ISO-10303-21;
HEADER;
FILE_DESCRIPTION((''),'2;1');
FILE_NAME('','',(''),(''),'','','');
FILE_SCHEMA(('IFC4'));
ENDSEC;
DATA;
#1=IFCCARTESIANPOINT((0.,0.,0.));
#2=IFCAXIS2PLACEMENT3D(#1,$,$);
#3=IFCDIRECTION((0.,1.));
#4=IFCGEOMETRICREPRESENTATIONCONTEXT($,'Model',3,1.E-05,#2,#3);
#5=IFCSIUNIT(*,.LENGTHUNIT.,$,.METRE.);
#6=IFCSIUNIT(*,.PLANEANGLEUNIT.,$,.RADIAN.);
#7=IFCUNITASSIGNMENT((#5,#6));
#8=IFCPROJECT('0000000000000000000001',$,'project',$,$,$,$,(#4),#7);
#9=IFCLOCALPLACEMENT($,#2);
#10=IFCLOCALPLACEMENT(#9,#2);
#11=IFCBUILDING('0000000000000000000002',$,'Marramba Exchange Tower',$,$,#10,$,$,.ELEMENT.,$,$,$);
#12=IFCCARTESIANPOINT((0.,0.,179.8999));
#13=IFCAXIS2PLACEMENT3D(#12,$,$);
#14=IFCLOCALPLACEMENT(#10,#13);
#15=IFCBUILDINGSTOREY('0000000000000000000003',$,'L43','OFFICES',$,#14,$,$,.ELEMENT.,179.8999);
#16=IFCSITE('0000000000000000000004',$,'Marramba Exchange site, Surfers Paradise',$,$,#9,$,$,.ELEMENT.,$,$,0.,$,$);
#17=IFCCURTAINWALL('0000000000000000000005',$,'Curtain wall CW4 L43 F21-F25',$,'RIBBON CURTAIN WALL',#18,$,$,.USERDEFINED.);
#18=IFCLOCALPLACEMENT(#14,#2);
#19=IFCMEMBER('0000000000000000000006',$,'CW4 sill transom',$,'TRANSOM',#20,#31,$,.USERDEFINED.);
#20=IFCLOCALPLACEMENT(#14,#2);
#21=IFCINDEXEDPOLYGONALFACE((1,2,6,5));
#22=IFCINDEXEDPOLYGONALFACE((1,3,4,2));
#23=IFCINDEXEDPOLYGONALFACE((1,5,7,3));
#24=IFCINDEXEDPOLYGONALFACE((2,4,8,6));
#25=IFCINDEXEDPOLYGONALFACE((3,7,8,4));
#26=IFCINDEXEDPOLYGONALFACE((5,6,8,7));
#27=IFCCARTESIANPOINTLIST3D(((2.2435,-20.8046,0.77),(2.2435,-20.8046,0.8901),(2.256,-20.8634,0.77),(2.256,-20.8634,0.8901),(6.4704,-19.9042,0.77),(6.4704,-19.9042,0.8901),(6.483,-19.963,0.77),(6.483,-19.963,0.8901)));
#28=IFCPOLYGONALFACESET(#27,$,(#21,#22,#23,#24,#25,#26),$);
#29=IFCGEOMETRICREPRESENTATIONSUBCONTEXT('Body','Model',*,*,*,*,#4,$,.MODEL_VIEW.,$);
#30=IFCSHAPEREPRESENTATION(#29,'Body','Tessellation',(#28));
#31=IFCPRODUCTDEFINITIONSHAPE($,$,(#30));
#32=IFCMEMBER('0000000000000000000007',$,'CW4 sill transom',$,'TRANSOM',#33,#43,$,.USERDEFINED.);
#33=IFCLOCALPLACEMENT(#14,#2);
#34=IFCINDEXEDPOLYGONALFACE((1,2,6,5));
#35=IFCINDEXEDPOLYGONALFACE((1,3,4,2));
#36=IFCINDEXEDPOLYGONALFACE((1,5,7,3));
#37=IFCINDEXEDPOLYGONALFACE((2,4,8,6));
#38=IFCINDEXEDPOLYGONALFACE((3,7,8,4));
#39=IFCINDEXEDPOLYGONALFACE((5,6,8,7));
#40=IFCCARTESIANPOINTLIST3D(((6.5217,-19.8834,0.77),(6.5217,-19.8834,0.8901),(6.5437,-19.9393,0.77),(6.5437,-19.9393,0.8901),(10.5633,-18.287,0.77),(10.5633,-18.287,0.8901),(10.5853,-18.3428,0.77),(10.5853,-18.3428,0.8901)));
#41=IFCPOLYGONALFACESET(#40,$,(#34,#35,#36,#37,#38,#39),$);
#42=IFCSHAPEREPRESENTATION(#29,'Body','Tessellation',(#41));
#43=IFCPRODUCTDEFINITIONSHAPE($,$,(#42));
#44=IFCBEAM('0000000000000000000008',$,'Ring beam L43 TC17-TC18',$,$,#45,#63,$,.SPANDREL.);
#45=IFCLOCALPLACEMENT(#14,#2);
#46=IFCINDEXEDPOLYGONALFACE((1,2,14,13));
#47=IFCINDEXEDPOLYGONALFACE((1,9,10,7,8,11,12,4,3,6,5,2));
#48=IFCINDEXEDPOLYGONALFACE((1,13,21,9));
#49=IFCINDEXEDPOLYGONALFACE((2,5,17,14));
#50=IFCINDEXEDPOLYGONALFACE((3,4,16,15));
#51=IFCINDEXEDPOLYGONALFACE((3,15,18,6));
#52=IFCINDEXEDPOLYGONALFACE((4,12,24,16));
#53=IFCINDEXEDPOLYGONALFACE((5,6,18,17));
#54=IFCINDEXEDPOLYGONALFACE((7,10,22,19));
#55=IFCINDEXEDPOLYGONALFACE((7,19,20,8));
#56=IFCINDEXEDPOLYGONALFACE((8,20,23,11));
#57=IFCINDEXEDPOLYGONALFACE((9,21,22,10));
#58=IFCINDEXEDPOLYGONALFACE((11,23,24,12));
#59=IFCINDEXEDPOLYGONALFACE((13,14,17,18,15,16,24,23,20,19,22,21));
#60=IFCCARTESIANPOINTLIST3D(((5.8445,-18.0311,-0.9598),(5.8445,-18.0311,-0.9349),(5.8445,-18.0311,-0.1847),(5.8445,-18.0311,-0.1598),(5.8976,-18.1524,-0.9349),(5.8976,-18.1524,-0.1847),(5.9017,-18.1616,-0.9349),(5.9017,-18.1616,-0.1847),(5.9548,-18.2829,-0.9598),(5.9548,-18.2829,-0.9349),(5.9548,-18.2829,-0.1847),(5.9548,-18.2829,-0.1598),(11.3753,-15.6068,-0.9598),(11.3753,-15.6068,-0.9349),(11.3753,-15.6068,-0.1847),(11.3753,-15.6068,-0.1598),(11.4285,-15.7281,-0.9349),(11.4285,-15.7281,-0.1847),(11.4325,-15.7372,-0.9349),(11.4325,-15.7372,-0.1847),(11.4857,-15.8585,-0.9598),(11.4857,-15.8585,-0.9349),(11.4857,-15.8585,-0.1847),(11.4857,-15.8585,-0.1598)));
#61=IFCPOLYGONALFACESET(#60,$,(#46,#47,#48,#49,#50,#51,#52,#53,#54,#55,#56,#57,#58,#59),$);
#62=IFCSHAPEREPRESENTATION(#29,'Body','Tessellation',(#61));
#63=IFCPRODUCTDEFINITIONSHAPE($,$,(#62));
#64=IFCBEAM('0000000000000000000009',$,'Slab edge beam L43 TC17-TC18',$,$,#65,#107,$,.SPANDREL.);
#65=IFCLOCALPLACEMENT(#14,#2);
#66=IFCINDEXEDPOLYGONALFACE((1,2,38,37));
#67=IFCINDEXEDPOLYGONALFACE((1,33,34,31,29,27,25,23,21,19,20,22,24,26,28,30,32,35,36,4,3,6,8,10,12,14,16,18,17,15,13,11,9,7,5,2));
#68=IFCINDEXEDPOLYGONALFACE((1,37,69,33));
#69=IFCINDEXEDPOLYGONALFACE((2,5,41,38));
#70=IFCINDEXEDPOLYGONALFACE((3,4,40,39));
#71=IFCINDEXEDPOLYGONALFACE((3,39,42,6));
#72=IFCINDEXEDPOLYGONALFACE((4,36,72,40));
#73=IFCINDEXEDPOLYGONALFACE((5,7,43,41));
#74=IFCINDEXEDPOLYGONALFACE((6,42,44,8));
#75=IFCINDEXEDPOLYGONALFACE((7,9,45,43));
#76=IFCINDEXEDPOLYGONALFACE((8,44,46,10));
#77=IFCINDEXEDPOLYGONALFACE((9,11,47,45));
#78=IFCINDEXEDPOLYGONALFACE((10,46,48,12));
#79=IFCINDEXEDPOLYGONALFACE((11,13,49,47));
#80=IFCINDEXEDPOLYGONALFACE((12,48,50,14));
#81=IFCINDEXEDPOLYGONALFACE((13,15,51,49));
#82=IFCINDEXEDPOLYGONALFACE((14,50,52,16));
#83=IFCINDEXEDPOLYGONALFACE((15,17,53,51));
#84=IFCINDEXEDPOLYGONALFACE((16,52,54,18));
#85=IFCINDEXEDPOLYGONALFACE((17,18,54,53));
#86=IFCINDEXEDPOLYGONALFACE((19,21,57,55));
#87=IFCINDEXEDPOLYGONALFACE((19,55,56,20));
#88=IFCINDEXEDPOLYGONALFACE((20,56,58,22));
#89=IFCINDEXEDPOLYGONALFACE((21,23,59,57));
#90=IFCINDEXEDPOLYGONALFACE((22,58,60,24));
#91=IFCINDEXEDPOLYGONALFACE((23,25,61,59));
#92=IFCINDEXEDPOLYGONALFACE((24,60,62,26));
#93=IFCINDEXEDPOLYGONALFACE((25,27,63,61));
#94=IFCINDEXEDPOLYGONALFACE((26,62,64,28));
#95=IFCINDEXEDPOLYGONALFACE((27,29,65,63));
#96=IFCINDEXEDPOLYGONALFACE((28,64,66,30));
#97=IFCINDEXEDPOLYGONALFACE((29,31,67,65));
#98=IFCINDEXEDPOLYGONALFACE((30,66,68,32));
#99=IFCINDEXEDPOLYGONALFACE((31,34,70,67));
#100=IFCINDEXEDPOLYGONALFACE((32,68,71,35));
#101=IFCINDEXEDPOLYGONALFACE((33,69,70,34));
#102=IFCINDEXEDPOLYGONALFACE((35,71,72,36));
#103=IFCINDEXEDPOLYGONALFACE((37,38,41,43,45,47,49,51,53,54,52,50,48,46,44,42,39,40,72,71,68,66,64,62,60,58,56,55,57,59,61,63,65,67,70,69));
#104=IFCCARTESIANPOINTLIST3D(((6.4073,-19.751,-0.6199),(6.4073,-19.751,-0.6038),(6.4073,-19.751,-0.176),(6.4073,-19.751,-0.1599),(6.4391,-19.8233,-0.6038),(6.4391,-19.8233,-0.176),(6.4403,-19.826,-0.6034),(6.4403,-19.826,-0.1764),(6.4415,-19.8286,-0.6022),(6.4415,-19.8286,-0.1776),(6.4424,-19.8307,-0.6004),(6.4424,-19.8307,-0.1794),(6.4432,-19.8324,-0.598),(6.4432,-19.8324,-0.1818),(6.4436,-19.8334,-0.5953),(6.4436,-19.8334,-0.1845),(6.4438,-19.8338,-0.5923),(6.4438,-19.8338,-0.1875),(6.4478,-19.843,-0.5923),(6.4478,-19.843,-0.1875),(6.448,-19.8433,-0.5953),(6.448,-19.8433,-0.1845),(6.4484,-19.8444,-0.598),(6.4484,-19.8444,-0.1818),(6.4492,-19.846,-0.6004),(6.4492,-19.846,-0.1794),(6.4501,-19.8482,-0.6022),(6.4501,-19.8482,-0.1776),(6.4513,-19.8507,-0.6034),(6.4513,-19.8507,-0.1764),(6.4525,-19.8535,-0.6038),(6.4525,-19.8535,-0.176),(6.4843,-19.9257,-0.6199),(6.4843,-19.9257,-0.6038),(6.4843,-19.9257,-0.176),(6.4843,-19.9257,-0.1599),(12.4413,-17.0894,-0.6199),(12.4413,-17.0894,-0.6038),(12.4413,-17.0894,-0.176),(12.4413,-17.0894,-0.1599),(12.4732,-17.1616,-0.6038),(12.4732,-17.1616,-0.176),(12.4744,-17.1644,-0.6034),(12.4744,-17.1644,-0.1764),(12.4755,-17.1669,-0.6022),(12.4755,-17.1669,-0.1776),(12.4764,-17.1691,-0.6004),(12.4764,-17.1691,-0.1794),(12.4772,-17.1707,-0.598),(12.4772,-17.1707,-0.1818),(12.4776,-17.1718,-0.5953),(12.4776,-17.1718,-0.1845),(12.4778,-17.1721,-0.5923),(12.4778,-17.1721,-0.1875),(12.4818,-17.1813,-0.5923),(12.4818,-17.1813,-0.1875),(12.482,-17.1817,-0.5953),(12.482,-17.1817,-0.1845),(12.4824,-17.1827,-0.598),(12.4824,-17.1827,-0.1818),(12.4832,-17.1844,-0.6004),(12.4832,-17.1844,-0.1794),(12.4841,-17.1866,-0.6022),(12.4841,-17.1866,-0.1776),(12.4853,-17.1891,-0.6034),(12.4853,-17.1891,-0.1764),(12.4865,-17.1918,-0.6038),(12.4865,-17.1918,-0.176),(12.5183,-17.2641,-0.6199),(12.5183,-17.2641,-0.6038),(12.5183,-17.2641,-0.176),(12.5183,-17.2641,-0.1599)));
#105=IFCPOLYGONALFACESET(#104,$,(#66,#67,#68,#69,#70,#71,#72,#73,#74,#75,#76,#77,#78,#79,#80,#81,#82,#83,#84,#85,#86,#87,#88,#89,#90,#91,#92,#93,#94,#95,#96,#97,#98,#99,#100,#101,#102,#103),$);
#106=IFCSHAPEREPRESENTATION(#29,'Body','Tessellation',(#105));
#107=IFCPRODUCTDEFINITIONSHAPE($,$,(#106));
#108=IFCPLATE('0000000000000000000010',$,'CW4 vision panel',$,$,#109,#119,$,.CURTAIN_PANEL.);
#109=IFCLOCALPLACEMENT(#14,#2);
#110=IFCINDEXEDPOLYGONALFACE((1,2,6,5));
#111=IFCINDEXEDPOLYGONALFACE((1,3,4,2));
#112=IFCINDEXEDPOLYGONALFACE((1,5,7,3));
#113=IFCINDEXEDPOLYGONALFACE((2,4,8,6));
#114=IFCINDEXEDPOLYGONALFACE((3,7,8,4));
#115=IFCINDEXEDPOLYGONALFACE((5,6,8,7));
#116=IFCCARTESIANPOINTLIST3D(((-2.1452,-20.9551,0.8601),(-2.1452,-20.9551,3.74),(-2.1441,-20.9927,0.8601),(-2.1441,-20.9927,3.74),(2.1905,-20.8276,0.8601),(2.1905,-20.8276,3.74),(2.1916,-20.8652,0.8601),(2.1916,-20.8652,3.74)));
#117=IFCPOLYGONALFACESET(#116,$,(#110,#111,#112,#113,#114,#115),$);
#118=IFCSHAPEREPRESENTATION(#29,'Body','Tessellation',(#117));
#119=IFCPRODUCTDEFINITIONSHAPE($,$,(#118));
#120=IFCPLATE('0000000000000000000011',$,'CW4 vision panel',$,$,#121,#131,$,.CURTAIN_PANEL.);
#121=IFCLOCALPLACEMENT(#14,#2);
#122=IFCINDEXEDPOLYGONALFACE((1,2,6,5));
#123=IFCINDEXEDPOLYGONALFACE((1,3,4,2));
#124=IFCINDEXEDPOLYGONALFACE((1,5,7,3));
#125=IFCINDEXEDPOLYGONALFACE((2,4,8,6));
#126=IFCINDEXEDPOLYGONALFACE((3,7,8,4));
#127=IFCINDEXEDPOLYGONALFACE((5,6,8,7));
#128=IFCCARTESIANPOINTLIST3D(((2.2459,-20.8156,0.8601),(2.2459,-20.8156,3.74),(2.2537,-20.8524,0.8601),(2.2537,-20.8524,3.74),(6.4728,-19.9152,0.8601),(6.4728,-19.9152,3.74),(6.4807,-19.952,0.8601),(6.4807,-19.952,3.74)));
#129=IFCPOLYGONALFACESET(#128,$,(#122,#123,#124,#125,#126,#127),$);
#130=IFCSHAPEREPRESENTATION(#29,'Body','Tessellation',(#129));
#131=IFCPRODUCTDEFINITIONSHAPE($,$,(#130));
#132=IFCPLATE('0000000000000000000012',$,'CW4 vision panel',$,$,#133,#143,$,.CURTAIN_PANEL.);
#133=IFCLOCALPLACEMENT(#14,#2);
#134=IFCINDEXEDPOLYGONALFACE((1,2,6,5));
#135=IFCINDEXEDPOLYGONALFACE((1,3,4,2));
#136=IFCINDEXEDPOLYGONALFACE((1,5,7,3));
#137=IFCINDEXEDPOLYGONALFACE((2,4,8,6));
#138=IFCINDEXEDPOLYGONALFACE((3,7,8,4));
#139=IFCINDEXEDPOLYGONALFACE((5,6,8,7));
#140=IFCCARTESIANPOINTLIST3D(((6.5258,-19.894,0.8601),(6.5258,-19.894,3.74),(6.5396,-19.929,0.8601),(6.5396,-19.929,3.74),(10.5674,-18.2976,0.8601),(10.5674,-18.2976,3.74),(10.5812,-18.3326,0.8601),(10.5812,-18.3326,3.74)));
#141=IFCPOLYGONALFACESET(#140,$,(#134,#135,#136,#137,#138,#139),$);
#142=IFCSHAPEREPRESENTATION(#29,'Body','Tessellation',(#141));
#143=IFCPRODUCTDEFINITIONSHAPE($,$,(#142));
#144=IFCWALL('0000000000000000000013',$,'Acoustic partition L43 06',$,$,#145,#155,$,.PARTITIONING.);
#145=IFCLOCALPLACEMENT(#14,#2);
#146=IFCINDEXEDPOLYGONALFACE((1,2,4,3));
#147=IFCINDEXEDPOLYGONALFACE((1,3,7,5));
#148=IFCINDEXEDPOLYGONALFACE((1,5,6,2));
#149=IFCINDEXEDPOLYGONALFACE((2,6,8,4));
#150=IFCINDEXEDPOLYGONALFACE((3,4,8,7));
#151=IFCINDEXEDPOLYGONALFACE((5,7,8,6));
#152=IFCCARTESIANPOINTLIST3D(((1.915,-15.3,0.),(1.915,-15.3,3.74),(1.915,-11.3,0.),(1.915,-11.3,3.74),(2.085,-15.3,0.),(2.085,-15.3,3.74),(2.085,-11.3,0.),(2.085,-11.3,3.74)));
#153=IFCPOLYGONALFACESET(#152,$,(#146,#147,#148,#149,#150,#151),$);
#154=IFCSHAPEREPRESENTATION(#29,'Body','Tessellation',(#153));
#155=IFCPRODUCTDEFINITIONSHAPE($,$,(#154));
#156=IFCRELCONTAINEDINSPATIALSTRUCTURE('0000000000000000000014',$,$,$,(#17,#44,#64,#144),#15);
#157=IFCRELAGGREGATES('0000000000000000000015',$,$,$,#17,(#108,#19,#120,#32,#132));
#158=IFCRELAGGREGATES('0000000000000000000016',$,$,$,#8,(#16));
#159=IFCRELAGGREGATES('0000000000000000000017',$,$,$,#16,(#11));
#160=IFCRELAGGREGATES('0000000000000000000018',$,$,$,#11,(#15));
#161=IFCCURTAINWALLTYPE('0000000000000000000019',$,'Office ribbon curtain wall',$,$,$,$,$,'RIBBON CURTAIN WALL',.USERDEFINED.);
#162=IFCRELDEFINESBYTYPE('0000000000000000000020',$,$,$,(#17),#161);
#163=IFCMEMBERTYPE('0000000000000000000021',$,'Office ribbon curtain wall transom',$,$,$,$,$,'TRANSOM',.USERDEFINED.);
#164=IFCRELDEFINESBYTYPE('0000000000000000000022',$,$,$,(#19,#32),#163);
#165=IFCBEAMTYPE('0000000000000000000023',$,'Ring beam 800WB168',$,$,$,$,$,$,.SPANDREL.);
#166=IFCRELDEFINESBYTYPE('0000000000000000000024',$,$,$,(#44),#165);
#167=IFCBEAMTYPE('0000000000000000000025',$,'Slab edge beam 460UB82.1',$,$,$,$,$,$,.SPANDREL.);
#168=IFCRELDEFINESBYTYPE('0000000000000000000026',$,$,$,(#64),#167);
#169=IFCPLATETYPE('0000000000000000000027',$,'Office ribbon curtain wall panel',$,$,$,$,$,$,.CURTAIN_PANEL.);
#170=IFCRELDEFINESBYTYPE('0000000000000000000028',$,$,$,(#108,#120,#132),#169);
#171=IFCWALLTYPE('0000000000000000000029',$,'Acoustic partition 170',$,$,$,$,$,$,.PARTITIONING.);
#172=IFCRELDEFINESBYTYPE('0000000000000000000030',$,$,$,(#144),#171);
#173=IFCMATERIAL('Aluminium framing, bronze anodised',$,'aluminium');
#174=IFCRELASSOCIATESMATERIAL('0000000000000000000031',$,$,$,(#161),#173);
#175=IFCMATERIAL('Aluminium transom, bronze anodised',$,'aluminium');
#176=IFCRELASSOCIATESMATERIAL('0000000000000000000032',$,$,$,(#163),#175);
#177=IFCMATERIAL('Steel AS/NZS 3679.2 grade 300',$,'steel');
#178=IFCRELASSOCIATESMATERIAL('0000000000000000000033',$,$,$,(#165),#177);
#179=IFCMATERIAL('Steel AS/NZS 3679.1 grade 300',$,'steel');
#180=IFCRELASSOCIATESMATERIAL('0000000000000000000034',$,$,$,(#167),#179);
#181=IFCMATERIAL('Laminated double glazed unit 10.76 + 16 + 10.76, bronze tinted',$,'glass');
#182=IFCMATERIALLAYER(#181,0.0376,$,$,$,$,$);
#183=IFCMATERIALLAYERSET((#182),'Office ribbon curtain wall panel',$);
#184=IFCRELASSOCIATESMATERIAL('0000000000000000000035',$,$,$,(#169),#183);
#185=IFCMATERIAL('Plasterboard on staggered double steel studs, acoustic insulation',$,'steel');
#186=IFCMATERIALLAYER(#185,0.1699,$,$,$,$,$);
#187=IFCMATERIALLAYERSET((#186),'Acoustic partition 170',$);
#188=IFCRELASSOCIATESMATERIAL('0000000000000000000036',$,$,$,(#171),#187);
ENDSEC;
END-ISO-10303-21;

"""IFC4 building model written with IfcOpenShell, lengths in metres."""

from ifc_helpers import new_model, si_unit, direction, frame, frame_2d, origin, origin_2d, place, context, subcontext, project, spatial, rectangle, i_section, extrude, material, layer, layer_set, material_profile, profile_set, type_object, element, aggregate, save


model = new_model("IFC4")

# Units and contexts
model_context = context("Model", 3, precision=1e-05, world=origin(), true_north=direction((0.0, 1.0)))
body_context = subcontext(model_context, "Body", "Model", "MODEL_VIEW")
ifc_project = project(units=[si_unit("LENGTHUNIT", "METRE"), si_unit("PLANEANGLEUNIT", "RADIAN")], contexts=[model_context])

# Site, building, storey
site_placement = place(None, origin())
site = spatial("IfcSite", under=ifc_project, at=site_placement, Name="Marramba Exchange site, Surfers Paradise", CompositionType="ELEMENT", RefElevation=0.0)
building_placement = place(site_placement, origin())
building = spatial("IfcBuilding", under=site, at=building_placement, Name="Marramba Exchange Tower", CompositionType="ELEMENT")
storey_placement = place(building_placement, frame((0.0, 0.0, 179.8999)))
storey = spatial("IfcBuildingStorey", under=building, at=storey_placement, Name="L43", Description="OFFICES", CompositionType="ELEMENT", Elevation=179.8999)

# Shared definitions
ifc_material_1 = material(Name="Steel AS/NZS 3679.2 grade 300", Category="steel")
ifc_material_2 = material(Name="Steel AS/NZS 3679.1 grade 300", Category="steel")

# Curtain wall
ifc_material_3 = material(Name="Aluminium framing, bronze anodised", Category="aluminium")
curtain_wall_type = type_object("IfcCurtainWallType", Name="Office ribbon curtain wall", ElementType="RIBBON CURTAIN WALL", PredefinedType="USERDEFINED", material=ifc_material_3)
curtain_wall_1_placement = place(storey_placement, origin())
curtain_wall_1 = element("IfcCurtainWall", 1, at=curtain_wall_1_placement, inside=storey, type_object=curtain_wall_type, Name="Curtain wall CW4 L43 F21-F25", ObjectType="RIBBON CURTAIN WALL", PredefinedType="USERDEFINED")

# Members
ifc_material_4 = material(Name="Aluminium transom, bronze anodised", Category="aluminium")
ifc_material_profile_1 = material_profile(ifc_material_4, rectangle(XDim=0.0601, YDim=0.1201, at=origin_2d()), Name="CW4 transom 60x120")
ifc_profile_set_1 = profile_set([ifc_material_profile_1], Name="Aluminium transom, bronze anodised")
member_type_1 = type_object("IfcMemberType", Name="Office ribbon curtain wall transom", ElementType="TRANSOM", PredefinedType="USERDEFINED", material=ifc_profile_set_1)
member_1_placement = place(storey_placement, frame((2.2498, -20.834, 0.8301), z_axis=(0.978058, 0.208333, 0.0), x_axis=(-0.208333, 0.978058, 0.0)))
member_1 = element("IfcMember", 2, at=member_1_placement, type_object=member_type_1, Name="CW4 sill transom", ObjectType="TRANSOM", PredefinedType="USERDEFINED", context=body_context, shape_type="SweptSolid", body=[
    extrude(rectangle(XDim=0.0601, YDim=0.1201, at=origin_2d()), origin(), (0.0, 0.0, 1.0), 4.3218),
])
member_2_placement = place(storey_placement, frame((6.5327, -19.9114, 0.8301), z_axis=(0.930068, 0.367387, 0.0), x_axis=(-0.367387, 0.930068, 0.0)))
member_2 = element("IfcMember", 3, at=member_2_placement, type_object=member_type_1, Name="CW4 sill transom", ObjectType="TRANSOM", PredefinedType="USERDEFINED", context=body_context, shape_type="SweptSolid", body=[
    extrude(rectangle(XDim=0.0601, YDim=0.1201, at=origin_2d()), origin(), (0.0, 0.0, 1.0), 4.3455),
])

# Beams
ifc_material_profile_2 = material_profile(ifc_material_1, i_section(OverallWidth=0.2749, OverallDepth=0.8, WebThickness=0.01, FlangeThickness=0.0249, at=origin_2d()), Name="800WB168")
ifc_profile_set_2 = profile_set([ifc_material_profile_2], Name="Steel AS/NZS 3679.2 grade 300")
beam_type_1 = type_object("IfcBeamType", Name="Ring beam 800WB168", PredefinedType="SPANDREL", material=ifc_profile_set_2)
beam_1_placement = place(storey_placement, frame((5.8997, -18.157, -0.5598), z_axis=(0.915877, 0.401459, 0.0), x_axis=(-0.401459, 0.915877, 0.0)))
element("IfcBeam", 4, at=beam_1_placement, inside=storey, type_object=beam_type_1, Name="Ring beam L43 TC17-TC18", PredefinedType="SPANDREL", context=body_context, shape_type="SweptSolid", body=[
    extrude(i_section(OverallWidth=0.2749, OverallDepth=0.8, WebThickness=0.01, FlangeThickness=0.0249, at=origin_2d()), origin(), (0.0, 0.0, 1.0), 6.0388),
])
ifc_material_profile_3 = material_profile(ifc_material_2, i_section(OverallWidth=0.1909, OverallDepth=0.46, WebThickness=0.01, FlangeThickness=0.0161, FilletRadius=0.0115, at=origin_2d()), Name="460UB82.1")
ifc_profile_set_3 = profile_set([ifc_material_profile_3], Name="Steel AS/NZS 3679.1 grade 300")
beam_type_2 = type_object("IfcBeamType", Name="Slab edge beam 460UB82.1", PredefinedType="SPANDREL", material=ifc_profile_set_3)
beam_2_placement = place(storey_placement, frame((6.4458, -19.8384, -0.3899), z_axis=(0.914941, 0.403588, 0.0), x_axis=(-0.403588, 0.914941, 0.0)))
element("IfcBeam", 5, at=beam_2_placement, inside=storey, type_object=beam_type_2, Name="Slab edge beam L43 TC17-TC18", PredefinedType="SPANDREL", context=body_context, shape_type="SweptSolid", body=[
    extrude(i_section(OverallWidth=0.1909, OverallDepth=0.46, WebThickness=0.01, FlangeThickness=0.0161, FilletRadius=0.0115, at=origin_2d()), origin(), (0.0, 0.0, 1.0), 6.595),
])

# Plates
ifc_material_5 = material(Name="Laminated double glazed unit 10.76 + 16 + 10.76, bronze tinted", Category="glass")
ifc_layer_1 = layer(ifc_material_5, 0.0376)
ifc_layer_set_1 = layer_set([ifc_layer_1], Name="Office ribbon curtain wall panel")
plate_type = type_object("IfcPlateType", Name="Office ribbon curtain wall panel", PredefinedType="CURTAIN_PANEL", material=ifc_layer_set_1)
plate_1_placement = place(storey_placement, frame((0.0232, -20.9102, 0.8601), z_axis=(0.0, 0.0, 1.0), x_axis=(0.999568, 0.029393, 0.0)))
plate_1 = element("IfcPlate", 6, at=plate_1_placement, type_object=plate_type, Name="CW4 vision panel", PredefinedType="CURTAIN_PANEL", context=body_context, shape_type="SweptSolid", body=[
    extrude(rectangle(XDim=4.3376, YDim=0.0376, at=origin_2d()), origin(), (0.0, 0.0, 1.0), 2.8799),
])
plate_2_placement = place(storey_placement, frame((4.3633, -20.3838, 0.8601), z_axis=(0.0, 0.0, 1.0), x_axis=(0.978058, 0.208332, 0.0)))
plate_2 = element("IfcPlate", 7, at=plate_2_placement, type_object=plate_type, Name="CW4 vision panel", PredefinedType="CURTAIN_PANEL", context=body_context, shape_type="SweptSolid", body=[
    extrude(rectangle(XDim=4.3218, YDim=0.0376, at=origin_2d()), origin(), (0.0, 0.0, 1.0), 2.8799),
])
plate_3_placement = place(storey_placement, frame((8.5535, -19.1133, 0.8601), z_axis=(0.0, 0.0, 1.0), x_axis=(0.930073, 0.367375, 0.0)))
plate_3 = element("IfcPlate", 8, at=plate_3_placement, type_object=plate_type, Name="CW4 vision panel", PredefinedType="CURTAIN_PANEL", context=body_context, shape_type="SweptSolid", body=[
    extrude(rectangle(XDim=4.3455, YDim=0.0376, at=origin_2d()), origin(), (0.0, 0.0, 1.0), 2.8799),
])
aggregate(curtain_wall_1, [plate_1, member_1, plate_2, member_2, plate_3])

# Wall
ifc_material_6 = material(Name="Plasterboard on staggered double steel studs, acoustic insulation", Category="steel")
ifc_layer_2 = layer(ifc_material_6, 0.1699)
ifc_layer_set_2 = layer_set([ifc_layer_2], Name="Acoustic partition 170")
wall_type_1 = type_object("IfcWallType", Name="Acoustic partition 170", PredefinedType="PARTITIONING", material=ifc_layer_set_2)
wall_1_placement = place(storey_placement, frame((2.0, -11.3, 0.0), z_axis=(0.0, 0.0, 1.0), x_axis=(0.0, -1.0, 0.0)))
element("IfcWall", 9, at=wall_1_placement, inside=storey, type_object=wall_type_1, Name="Acoustic partition L43 06", PredefinedType="PARTITIONING", context=body_context, shape_type="SweptSolid", body=[
    extrude(rectangle(XDim=4.0, YDim=0.1699, at=frame_2d((2.0, 0.0))), origin(), (0.0, 0.0, 1.0), 3.74),
])

save(model, "model.ifc")
